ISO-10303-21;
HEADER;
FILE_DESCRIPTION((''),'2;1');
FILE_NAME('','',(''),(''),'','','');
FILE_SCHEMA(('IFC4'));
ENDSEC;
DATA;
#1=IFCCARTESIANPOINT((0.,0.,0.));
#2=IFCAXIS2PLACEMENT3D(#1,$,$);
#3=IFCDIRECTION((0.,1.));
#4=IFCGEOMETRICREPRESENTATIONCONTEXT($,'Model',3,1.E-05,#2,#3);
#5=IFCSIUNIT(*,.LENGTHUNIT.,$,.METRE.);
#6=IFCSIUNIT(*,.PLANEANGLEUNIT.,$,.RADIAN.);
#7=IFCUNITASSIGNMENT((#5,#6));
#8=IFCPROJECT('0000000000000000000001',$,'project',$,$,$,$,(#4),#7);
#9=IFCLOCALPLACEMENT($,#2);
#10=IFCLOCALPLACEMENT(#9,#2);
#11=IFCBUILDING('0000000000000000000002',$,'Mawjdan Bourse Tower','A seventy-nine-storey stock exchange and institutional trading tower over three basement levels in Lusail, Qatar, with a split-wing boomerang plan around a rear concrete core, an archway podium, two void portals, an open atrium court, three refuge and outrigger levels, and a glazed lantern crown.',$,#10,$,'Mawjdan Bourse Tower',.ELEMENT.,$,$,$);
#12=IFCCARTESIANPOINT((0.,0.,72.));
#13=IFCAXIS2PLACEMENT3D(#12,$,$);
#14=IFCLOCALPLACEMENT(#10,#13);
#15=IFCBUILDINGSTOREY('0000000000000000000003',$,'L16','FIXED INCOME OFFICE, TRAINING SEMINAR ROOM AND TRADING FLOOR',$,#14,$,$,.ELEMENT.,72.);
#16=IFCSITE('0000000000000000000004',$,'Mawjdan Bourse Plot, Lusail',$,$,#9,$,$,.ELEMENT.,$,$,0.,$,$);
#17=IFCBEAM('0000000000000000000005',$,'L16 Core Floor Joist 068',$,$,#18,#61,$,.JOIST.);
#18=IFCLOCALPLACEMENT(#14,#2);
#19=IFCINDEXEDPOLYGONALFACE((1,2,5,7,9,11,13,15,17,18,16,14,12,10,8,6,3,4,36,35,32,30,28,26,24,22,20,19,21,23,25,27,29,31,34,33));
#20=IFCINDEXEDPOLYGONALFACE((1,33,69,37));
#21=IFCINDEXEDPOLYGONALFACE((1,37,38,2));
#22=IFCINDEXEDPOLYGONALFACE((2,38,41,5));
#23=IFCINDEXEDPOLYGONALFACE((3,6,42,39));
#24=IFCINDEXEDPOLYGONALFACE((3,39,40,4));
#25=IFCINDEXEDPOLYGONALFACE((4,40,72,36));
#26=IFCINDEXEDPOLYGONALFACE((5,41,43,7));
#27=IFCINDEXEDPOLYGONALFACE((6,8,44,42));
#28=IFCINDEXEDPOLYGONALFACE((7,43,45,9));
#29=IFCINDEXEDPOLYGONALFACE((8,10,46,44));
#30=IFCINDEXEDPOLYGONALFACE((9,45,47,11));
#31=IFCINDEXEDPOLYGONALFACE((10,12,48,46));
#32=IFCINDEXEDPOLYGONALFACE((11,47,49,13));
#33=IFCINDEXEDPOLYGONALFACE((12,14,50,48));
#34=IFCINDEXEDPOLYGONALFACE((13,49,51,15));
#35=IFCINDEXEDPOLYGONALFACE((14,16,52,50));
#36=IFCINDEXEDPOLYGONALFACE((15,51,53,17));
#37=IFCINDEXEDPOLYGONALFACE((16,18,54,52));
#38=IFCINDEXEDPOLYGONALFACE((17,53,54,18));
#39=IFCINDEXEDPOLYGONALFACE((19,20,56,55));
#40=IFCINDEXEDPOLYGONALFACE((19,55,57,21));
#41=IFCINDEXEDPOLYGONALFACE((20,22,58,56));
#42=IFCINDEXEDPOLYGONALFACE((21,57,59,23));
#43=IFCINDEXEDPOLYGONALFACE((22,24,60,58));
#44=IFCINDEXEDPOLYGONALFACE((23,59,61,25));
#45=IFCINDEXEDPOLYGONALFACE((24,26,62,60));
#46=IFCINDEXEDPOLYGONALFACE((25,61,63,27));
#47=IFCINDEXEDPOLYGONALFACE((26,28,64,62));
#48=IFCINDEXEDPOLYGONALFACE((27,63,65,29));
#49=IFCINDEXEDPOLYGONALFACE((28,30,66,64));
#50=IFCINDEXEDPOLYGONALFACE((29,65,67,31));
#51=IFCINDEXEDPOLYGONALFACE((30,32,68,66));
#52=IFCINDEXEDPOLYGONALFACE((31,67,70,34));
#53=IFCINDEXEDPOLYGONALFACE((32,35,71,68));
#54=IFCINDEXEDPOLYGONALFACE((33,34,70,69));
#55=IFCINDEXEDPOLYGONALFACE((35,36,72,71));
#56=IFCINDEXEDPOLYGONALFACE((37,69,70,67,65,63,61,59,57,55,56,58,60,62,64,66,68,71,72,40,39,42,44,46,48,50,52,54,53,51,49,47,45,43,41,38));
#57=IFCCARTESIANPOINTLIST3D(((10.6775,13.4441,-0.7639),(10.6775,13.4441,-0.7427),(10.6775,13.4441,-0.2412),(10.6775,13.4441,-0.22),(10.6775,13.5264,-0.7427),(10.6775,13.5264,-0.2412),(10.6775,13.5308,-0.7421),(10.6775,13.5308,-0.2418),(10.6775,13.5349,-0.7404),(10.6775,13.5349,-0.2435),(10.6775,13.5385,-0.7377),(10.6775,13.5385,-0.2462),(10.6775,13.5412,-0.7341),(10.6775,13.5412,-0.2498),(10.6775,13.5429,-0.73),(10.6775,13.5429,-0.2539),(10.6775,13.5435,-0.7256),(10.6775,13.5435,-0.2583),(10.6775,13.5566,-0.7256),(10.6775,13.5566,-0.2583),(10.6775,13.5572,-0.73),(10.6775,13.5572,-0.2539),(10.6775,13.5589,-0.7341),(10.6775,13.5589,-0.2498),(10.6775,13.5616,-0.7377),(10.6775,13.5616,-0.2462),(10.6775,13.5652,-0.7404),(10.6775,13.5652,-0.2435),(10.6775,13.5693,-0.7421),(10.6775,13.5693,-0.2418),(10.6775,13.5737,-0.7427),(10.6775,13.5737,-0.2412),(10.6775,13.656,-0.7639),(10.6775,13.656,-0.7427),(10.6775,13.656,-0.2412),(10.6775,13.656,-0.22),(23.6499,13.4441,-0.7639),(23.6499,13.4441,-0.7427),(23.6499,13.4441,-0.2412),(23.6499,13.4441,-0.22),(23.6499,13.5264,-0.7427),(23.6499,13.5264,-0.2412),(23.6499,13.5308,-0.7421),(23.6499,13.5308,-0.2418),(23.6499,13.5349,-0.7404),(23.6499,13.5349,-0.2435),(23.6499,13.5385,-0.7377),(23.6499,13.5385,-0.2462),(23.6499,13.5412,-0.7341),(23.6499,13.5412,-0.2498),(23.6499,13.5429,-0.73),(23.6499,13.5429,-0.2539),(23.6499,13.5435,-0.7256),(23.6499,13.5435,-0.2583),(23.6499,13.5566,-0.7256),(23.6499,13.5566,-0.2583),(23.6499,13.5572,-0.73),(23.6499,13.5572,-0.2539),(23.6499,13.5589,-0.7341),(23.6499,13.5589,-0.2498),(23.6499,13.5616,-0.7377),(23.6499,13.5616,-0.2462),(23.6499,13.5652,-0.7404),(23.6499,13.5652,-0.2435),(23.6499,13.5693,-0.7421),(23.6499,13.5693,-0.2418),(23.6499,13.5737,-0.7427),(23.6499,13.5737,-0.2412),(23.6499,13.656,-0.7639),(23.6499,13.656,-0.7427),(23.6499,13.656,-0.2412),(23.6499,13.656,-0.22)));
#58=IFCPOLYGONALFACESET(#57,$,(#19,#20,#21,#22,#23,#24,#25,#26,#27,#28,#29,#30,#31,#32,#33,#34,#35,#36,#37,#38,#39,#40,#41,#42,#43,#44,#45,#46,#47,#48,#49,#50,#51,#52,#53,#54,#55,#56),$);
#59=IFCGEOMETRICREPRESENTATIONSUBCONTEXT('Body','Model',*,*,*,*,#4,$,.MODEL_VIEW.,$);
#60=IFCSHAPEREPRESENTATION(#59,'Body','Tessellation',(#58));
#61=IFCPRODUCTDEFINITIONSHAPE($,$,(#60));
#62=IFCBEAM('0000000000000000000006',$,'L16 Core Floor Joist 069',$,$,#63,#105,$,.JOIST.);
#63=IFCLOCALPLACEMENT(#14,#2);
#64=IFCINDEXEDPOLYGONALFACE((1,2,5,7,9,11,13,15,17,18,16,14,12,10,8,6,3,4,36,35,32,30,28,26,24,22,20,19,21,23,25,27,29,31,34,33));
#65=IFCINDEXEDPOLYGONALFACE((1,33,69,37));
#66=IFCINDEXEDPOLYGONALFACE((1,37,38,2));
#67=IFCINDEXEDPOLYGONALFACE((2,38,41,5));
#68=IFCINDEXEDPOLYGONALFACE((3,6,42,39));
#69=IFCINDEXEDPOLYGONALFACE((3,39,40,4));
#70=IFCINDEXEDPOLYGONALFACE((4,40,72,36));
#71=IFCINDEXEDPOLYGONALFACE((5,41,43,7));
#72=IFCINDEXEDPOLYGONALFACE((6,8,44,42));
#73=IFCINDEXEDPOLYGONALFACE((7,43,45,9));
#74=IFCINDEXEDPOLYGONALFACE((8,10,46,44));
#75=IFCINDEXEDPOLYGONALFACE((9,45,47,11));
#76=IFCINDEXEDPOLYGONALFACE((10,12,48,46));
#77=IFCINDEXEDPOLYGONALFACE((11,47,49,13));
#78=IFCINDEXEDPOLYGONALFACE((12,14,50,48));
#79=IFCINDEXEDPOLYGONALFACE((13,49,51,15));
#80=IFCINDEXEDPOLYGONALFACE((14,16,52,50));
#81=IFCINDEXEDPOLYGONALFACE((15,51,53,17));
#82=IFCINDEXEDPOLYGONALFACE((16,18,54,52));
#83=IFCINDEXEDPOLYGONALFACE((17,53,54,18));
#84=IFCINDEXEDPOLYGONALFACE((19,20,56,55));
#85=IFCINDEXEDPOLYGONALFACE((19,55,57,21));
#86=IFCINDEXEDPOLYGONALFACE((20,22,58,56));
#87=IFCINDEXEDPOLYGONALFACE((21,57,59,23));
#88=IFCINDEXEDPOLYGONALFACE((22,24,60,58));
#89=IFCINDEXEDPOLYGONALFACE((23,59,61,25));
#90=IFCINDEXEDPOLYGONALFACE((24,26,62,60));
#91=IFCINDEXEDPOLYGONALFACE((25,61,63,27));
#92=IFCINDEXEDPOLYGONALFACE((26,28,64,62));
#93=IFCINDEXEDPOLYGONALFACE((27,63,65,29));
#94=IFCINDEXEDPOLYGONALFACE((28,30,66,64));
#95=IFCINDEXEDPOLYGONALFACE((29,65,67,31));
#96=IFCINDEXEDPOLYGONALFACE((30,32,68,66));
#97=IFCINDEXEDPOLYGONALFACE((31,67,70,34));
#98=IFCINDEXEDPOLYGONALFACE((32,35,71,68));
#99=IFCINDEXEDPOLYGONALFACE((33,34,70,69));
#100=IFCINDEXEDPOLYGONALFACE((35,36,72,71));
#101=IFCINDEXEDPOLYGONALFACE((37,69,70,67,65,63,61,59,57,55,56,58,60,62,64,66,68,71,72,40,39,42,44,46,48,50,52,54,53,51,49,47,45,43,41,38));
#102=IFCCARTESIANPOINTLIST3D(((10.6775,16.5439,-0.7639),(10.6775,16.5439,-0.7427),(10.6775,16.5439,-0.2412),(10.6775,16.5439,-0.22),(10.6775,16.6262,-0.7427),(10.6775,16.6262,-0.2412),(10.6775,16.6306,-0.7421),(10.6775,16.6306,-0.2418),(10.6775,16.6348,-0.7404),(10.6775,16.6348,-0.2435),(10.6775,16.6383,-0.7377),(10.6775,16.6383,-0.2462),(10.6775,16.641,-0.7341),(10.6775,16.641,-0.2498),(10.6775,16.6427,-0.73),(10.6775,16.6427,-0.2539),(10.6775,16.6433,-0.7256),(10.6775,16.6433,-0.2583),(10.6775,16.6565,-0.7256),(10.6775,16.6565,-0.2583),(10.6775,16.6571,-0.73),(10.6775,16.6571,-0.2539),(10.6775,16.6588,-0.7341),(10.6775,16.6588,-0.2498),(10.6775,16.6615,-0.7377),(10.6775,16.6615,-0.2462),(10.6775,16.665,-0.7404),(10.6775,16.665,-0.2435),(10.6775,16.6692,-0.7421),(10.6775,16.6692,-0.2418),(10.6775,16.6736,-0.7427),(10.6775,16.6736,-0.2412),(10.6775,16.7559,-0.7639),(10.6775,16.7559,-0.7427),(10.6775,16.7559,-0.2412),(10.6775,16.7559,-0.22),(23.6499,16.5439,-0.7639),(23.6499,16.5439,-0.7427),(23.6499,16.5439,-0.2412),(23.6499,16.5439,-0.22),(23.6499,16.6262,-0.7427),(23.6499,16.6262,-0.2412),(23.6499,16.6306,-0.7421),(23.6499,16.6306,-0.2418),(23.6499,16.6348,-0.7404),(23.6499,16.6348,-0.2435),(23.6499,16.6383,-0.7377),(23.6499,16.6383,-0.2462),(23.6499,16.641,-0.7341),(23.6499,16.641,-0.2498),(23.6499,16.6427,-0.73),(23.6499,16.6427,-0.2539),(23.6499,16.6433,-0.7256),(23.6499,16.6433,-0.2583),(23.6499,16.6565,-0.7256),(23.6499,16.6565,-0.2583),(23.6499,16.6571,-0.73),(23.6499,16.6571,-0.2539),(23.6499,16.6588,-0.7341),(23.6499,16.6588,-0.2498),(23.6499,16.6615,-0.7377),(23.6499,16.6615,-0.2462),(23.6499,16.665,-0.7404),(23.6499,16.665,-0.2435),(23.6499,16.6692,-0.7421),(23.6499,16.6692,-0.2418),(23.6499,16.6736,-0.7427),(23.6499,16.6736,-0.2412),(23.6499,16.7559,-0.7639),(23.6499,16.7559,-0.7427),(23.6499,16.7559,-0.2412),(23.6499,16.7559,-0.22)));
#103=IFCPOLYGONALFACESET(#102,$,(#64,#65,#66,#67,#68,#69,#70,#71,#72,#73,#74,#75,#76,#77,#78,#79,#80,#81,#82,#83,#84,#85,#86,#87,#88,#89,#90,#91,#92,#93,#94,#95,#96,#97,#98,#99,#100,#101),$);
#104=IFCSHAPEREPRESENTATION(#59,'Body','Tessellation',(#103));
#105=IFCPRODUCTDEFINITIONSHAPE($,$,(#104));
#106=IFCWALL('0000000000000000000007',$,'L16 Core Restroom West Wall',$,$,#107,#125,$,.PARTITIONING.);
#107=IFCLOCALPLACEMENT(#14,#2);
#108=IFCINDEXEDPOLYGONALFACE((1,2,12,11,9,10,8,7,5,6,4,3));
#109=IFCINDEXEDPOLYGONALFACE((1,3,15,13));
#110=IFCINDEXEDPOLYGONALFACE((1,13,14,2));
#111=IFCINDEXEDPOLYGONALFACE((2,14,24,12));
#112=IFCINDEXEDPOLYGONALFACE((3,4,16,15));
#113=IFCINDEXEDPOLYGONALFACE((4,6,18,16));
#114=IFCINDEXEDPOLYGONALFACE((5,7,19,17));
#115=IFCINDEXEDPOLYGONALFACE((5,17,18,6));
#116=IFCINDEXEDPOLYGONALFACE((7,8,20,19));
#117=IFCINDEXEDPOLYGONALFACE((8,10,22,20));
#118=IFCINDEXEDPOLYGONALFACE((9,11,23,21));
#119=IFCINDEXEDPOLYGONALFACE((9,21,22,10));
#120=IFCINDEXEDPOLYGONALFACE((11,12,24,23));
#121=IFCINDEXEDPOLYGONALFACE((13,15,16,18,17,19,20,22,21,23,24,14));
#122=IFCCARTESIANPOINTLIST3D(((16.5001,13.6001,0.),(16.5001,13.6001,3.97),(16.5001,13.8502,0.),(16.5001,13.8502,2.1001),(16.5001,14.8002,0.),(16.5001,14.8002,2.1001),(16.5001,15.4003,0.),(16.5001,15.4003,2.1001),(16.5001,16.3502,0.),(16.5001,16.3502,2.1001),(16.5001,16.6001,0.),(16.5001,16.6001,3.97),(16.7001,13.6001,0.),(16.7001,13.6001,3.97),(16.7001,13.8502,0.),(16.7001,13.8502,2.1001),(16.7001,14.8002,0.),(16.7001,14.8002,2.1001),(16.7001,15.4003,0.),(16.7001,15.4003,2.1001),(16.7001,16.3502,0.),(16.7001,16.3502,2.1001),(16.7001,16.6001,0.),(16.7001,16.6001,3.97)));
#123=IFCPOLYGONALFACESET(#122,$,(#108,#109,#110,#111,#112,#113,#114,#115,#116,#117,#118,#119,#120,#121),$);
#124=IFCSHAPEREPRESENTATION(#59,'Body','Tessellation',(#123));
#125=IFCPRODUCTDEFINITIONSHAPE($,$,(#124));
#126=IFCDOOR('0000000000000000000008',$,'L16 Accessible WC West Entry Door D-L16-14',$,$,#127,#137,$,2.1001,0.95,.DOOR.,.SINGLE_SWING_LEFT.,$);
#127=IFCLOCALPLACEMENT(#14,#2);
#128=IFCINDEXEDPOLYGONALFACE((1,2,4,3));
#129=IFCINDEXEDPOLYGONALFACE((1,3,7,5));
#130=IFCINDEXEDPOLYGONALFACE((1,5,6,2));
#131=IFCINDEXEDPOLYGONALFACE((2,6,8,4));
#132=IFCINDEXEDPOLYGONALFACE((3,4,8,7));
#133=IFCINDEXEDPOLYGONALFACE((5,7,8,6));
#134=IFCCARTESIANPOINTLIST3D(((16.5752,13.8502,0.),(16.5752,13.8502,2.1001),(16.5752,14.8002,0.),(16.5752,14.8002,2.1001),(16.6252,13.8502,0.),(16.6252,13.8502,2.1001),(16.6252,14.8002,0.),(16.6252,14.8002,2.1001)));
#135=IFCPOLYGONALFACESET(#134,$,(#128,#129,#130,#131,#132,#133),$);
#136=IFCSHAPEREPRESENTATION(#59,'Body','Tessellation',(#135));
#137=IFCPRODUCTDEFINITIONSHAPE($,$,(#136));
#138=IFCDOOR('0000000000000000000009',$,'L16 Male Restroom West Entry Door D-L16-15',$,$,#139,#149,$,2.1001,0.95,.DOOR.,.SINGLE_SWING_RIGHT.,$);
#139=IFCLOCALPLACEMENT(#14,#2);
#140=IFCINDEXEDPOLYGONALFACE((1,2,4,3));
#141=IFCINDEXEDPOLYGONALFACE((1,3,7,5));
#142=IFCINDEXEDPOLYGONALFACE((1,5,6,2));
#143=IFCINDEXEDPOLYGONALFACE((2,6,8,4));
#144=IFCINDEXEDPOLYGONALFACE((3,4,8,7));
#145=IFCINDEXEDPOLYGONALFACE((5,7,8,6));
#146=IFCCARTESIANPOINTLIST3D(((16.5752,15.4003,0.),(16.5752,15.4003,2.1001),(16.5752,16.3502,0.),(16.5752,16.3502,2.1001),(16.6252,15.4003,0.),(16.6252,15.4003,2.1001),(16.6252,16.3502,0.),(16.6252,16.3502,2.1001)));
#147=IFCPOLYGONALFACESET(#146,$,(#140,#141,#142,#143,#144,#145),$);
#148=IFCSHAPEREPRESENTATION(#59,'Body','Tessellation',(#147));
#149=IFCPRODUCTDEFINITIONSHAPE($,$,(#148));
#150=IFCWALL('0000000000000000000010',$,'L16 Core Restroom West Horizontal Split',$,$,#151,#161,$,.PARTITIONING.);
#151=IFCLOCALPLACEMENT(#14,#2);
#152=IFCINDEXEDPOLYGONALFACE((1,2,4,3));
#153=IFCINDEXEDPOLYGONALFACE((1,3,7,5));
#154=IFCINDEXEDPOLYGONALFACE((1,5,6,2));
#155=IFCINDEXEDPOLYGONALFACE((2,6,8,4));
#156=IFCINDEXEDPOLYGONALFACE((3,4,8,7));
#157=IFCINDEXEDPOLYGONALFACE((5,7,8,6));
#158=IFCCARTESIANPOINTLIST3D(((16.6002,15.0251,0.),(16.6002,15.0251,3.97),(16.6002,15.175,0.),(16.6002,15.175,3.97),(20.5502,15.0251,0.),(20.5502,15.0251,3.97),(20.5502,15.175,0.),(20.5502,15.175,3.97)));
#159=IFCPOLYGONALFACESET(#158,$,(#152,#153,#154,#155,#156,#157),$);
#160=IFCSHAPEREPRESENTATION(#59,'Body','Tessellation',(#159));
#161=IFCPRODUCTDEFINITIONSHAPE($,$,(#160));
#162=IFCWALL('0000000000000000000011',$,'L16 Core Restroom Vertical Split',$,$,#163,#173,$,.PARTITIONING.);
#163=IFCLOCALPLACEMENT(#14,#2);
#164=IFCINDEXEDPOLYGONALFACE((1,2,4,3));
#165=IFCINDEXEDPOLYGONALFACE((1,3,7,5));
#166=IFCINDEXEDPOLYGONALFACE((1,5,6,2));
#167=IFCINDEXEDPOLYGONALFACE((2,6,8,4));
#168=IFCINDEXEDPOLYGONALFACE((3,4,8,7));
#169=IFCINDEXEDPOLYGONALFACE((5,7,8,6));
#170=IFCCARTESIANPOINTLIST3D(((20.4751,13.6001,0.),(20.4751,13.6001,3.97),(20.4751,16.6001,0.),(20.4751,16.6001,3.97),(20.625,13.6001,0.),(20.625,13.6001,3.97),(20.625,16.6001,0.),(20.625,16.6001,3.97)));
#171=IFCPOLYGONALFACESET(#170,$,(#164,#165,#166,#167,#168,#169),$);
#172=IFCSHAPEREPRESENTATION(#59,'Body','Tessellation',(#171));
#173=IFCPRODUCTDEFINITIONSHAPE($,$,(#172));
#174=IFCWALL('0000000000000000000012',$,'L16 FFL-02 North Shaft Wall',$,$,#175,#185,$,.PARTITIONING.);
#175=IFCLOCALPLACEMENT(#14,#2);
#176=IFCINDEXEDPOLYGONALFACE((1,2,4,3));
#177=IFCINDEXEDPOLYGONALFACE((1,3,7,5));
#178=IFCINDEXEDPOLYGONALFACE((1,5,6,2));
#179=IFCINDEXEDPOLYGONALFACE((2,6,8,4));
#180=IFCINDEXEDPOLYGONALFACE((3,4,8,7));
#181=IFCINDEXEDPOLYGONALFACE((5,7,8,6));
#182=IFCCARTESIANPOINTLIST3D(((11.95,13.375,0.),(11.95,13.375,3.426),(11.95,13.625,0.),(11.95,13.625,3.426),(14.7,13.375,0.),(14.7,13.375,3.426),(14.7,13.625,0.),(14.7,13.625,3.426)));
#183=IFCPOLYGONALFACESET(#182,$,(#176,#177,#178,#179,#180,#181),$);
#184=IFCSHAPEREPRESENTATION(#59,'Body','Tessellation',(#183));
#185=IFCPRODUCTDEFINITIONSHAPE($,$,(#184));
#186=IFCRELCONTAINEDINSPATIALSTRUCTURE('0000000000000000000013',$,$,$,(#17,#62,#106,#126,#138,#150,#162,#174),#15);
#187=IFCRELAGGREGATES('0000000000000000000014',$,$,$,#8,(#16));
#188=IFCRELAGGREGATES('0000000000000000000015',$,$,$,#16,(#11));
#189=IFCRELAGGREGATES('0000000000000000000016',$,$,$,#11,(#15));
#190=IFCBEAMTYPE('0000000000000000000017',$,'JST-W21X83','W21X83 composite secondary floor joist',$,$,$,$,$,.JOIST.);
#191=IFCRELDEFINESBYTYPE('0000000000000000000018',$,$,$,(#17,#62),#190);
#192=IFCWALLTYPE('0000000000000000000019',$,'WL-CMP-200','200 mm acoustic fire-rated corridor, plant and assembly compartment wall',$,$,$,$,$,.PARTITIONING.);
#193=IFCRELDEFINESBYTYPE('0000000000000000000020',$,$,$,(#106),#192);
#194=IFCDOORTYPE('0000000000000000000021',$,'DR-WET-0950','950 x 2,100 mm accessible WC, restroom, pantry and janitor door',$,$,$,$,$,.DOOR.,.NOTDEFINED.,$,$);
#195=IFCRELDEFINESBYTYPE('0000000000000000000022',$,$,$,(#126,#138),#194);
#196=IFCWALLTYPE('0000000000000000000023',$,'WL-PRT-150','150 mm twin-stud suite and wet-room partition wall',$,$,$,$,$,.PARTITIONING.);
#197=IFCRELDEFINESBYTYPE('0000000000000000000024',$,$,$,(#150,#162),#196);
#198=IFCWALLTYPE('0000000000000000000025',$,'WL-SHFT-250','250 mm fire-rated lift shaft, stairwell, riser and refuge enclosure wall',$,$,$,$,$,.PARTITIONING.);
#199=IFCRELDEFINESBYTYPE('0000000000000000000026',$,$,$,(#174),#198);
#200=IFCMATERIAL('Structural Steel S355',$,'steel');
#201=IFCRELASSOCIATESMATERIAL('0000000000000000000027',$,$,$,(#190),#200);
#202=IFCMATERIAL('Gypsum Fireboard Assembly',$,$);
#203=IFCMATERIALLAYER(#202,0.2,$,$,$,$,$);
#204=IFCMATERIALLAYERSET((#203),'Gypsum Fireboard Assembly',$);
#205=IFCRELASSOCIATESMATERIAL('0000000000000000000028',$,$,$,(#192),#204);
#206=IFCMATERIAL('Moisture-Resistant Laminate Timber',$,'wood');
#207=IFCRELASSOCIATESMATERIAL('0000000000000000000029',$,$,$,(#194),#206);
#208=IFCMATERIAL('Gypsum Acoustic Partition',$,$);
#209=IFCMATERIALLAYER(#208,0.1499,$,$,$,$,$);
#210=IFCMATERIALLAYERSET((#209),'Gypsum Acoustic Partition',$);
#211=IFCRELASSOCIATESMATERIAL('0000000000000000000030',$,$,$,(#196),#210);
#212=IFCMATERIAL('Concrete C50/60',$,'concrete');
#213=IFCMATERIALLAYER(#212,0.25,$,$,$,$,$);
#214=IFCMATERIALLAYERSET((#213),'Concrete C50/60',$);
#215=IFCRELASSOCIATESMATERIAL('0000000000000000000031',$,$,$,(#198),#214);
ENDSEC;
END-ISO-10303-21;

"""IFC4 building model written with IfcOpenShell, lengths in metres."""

from ifc_helpers import new_model, si_unit, direction, frame, frame_2d, origin, origin_2d, place, context, subcontext, project, spatial, rectangle, i_section, extrude, material, layer, layer_set, material_profile, profile_set, type_object, element, fill, save


model = new_model("IFC4")

# Units and contexts
model_context = context("Model", 3, precision=1e-05, world=origin(), true_north=direction((0.0, 1.0)))
body_context = subcontext(model_context, "Body", "Model", "MODEL_VIEW")
ifc_project = project(units=[si_unit("LENGTHUNIT", "METRE"), si_unit("PLANEANGLEUNIT", "RADIAN")], contexts=[model_context])

# Site, building, storey
site_placement = place(None, origin())
site = spatial("IfcSite", under=ifc_project, at=site_placement, Name="Mawjdan Bourse Plot, Lusail", CompositionType="ELEMENT", RefElevation=0.0)
building_placement = place(site_placement, origin())
building = spatial("IfcBuilding", under=site, at=building_placement, Name="Mawjdan Bourse Tower", Description="A seventy-nine-storey stock exchange and institutional trading tower over three basement levels in Lusail, Qatar, with a split-wing boomerang plan around a rear concrete core, an archway podium, two void portals, an open atrium court, three refuge and outrigger levels, and a glazed lantern crown.", LongName="Mawjdan Bourse Tower", CompositionType="ELEMENT")
storey_placement = place(building_placement, frame((0.0, 0.0, 72.0)))
storey = spatial("IfcBuildingStorey", under=building, at=storey_placement, Name="L16", Description="FIXED INCOME OFFICE, TRAINING SEMINAR ROOM AND TRADING FLOOR", CompositionType="ELEMENT", Elevation=72.0)

# Beams
ifc_material_1 = material(Name="Structural Steel S355", Category="steel")
ifc_material_profile = material_profile(ifc_material_1, i_section(OverallWidth=0.2119, OverallDepth=0.5439, WebThickness=0.0132, FlangeThickness=0.0212, FilletRadius=0.0171, at=origin_2d()), Name="W21X83")
ifc_profile_set = profile_set([ifc_material_profile], Name="Structural Steel S355")
beam_type = type_object("IfcBeamType", Name="JST-W21X83", Description="W21X83 composite secondary floor joist", PredefinedType="JOIST", material=ifc_profile_set)
for number, where, z_axis, x_axis, name in (
    (1, (10.6775, 13.55, -0.4919), (1.0, 0.0, 0.0), (0.0, 1.0, 0.0), "L16 Core Floor Joist 068"),
    (2, (10.6775, 16.6499, -0.4919), (1.0, 0.0, 0.0), (0.0, 1.0, 0.0), "L16 Core Floor Joist 069"),
):
    element("IfcBeam", number, at=place(storey_placement, frame(where, z_axis=z_axis, x_axis=x_axis)), inside=storey, type_object=beam_type, Name=name, PredefinedType="JOIST", context=body_context, shape_type="SweptSolid", body=[
        extrude(i_section(OverallWidth=0.2119, OverallDepth=0.5439, WebThickness=0.0132, FlangeThickness=0.0212, FilletRadius=0.0171, at=origin_2d()), origin(), (0.0, 0.0, 1.0), 12.9724),
    ])

# Wall, openings, doors
ifc_material_2 = material(Name="Gypsum Fireboard Assembly")
ifc_layer_1 = layer(ifc_material_2, 0.2)
ifc_layer_set_1 = layer_set([ifc_layer_1], Name="Gypsum Fireboard Assembly")
wall_type_1 = type_object("IfcWallType", Name="WL-CMP-200", Description="200 mm acoustic fire-rated corridor, plant and assembly compartment wall", PredefinedType="PARTITIONING", material=ifc_layer_set_1)
wall_1_placement = place(storey_placement, frame((16.6001, 13.6001, 0.0), z_axis=(0.0, 0.0, 1.0), x_axis=(0.0, 1.0, 0.0)))
wall_1 = element("IfcWall", 3, at=wall_1_placement, inside=storey, type_object=wall_type_1, Name="L16 Core Restroom West Wall", PredefinedType="PARTITIONING", context=body_context, shape_type="SweptSolid", body=[
    extrude(rectangle(XDim=3.0, YDim=0.2, at=frame_2d((1.5, 0.0))), origin(), (0.0, 0.0, 1.0), 3.97),
])
opening_1_placement = place(wall_1_placement, frame((0.25, 0.0, 0.0)))
opening_1 = element("IfcOpeningElement", 4, at=opening_1_placement, cuts=wall_1, PredefinedType="OPENING", context=body_context, shape_type="SweptSolid", body=[
    extrude(rectangle(XDim=0.95, YDim=2.1001, at=frame_2d((0.4751, 1.05))), frame((0.0, 0.1099, 0.0), z_axis=(0.0, -1.0, 0.0), x_axis=(1.0, 0.0, 0.0)), (0.0, 0.0, 1.0), 0.22),
])
opening_2_placement = place(wall_1_placement, frame((1.8, 0.0, 0.0)))
opening_2 = element("IfcOpeningElement", 5, at=opening_2_placement, cuts=wall_1, PredefinedType="OPENING", context=body_context, shape_type="SweptSolid", body=[
    extrude(rectangle(XDim=0.95, YDim=2.1001, at=frame_2d((0.4751, 1.05))), frame((0.0, 0.1099, 0.0), z_axis=(0.0, -1.0, 0.0), x_axis=(1.0, 0.0, 0.0)), (0.0, 0.0, 1.0), 0.22),
])
ifc_material_3 = material(Name="Moisture-Resistant Laminate Timber", Category="wood")
door_type_1 = type_object("IfcDoorType", Name="DR-WET-0950", Description="950 x 2,100 mm accessible WC, restroom, pantry and janitor door", OperationType="NOTDEFINED", PredefinedType="DOOR", material=ifc_material_3)
door_1_placement = place(opening_1_placement, origin())
door_1 = element("IfcDoor", 6, at=door_1_placement, inside=storey, type_object=door_type_1, Name="L16 Accessible WC West Entry Door D-L16-14", OperationType="SINGLE_SWING_LEFT", OverallHeight=2.1001, OverallWidth=0.95, PredefinedType="DOOR", context=body_context, shape_type="SweptSolid", body=[
    extrude(rectangle(XDim=0.95, YDim=2.1001, at=frame_2d((0.4751, 1.05))), frame((0.0, 0.0249, 0.0), z_axis=(0.0, -1.0, 0.0), x_axis=(1.0, 0.0, 0.0)), (0.0, 0.0, 1.0), 0.05),
])
fill(opening_1, door_1)
door_2_placement = place(opening_2_placement, origin())
door_2 = element("IfcDoor", 7, at=door_2_placement, inside=storey, type_object=door_type_1, Name="L16 Male Restroom West Entry Door D-L16-15", OperationType="SINGLE_SWING_RIGHT", OverallHeight=2.1001, OverallWidth=0.95, PredefinedType="DOOR", context=body_context, shape_type="SweptSolid", body=[
    extrude(rectangle(XDim=0.95, YDim=2.1001, at=frame_2d((0.4751, 1.05))), frame((0.0, 0.0249, 0.0), z_axis=(0.0, -1.0, 0.0), x_axis=(1.0, 0.0, 0.0)), (0.0, 0.0, 1.0), 0.05),
])
fill(opening_2, door_2)

# Walls
ifc_material_4 = material(Name="Gypsum Acoustic Partition")
ifc_layer_2 = layer(ifc_material_4, 0.1499)
ifc_layer_set_2 = layer_set([ifc_layer_2], Name="Gypsum Acoustic Partition")
wall_type_2 = type_object("IfcWallType", Name="WL-PRT-150", Description="150 mm twin-stud suite and wet-room partition wall", PredefinedType="PARTITIONING", material=ifc_layer_set_2)
wall_2_placement = place(storey_placement, frame((16.6001, 15.1001, 0.0), z_axis=(0.0, 0.0, 1.0), x_axis=(1.0, 0.0, 0.0)))
element("IfcWall", 8, at=wall_2_placement, inside=storey, type_object=wall_type_2, Name="L16 Core Restroom West Horizontal Split", PredefinedType="PARTITIONING", context=body_context, shape_type="SweptSolid", body=[
    extrude(rectangle(XDim=3.95, YDim=0.1499, at=frame_2d((1.9751, 0.0))), origin(), (0.0, 0.0, 1.0), 3.97),
])
wall_3_placement = place(storey_placement, frame((20.55, 13.6001, 0.0), z_axis=(0.0, 0.0, 1.0), x_axis=(0.0, 1.0, 0.0)))
element("IfcWall", 9, at=wall_3_placement, inside=storey, type_object=wall_type_2, Name="L16 Core Restroom Vertical Split", PredefinedType="PARTITIONING", context=body_context, shape_type="SweptSolid", body=[
    extrude(rectangle(XDim=3.0, YDim=0.1499, at=frame_2d((1.5, 0.0))), origin(), (0.0, 0.0, 1.0), 3.97),
])
ifc_material_5 = material(Name="Concrete C50/60", Category="concrete")
ifc_layer_3 = layer(ifc_material_5, 0.25)
ifc_layer_set_3 = layer_set([ifc_layer_3], Name="Concrete C50/60")
wall_type_3 = type_object("IfcWallType", Name="WL-SHFT-250", Description="250 mm fire-rated lift shaft, stairwell, riser and refuge enclosure wall", PredefinedType="PARTITIONING", material=ifc_layer_set_3)
wall_4_placement = place(storey_placement, frame((11.95, 13.5, 0.0), z_axis=(0.0, 0.0, 1.0), x_axis=(1.0, 0.0, 0.0)))
element("IfcWall", 10, at=wall_4_placement, inside=storey, type_object=wall_type_3, Name="L16 FFL-02 North Shaft Wall", PredefinedType="PARTITIONING", context=body_context, shape_type="SweptSolid", body=[
    extrude(rectangle(XDim=2.75, YDim=0.25, at=frame_2d((1.375, 0.0))), origin(), (0.0, 0.0, 1.0), 3.426),
])

save(model, "model.ifc")
